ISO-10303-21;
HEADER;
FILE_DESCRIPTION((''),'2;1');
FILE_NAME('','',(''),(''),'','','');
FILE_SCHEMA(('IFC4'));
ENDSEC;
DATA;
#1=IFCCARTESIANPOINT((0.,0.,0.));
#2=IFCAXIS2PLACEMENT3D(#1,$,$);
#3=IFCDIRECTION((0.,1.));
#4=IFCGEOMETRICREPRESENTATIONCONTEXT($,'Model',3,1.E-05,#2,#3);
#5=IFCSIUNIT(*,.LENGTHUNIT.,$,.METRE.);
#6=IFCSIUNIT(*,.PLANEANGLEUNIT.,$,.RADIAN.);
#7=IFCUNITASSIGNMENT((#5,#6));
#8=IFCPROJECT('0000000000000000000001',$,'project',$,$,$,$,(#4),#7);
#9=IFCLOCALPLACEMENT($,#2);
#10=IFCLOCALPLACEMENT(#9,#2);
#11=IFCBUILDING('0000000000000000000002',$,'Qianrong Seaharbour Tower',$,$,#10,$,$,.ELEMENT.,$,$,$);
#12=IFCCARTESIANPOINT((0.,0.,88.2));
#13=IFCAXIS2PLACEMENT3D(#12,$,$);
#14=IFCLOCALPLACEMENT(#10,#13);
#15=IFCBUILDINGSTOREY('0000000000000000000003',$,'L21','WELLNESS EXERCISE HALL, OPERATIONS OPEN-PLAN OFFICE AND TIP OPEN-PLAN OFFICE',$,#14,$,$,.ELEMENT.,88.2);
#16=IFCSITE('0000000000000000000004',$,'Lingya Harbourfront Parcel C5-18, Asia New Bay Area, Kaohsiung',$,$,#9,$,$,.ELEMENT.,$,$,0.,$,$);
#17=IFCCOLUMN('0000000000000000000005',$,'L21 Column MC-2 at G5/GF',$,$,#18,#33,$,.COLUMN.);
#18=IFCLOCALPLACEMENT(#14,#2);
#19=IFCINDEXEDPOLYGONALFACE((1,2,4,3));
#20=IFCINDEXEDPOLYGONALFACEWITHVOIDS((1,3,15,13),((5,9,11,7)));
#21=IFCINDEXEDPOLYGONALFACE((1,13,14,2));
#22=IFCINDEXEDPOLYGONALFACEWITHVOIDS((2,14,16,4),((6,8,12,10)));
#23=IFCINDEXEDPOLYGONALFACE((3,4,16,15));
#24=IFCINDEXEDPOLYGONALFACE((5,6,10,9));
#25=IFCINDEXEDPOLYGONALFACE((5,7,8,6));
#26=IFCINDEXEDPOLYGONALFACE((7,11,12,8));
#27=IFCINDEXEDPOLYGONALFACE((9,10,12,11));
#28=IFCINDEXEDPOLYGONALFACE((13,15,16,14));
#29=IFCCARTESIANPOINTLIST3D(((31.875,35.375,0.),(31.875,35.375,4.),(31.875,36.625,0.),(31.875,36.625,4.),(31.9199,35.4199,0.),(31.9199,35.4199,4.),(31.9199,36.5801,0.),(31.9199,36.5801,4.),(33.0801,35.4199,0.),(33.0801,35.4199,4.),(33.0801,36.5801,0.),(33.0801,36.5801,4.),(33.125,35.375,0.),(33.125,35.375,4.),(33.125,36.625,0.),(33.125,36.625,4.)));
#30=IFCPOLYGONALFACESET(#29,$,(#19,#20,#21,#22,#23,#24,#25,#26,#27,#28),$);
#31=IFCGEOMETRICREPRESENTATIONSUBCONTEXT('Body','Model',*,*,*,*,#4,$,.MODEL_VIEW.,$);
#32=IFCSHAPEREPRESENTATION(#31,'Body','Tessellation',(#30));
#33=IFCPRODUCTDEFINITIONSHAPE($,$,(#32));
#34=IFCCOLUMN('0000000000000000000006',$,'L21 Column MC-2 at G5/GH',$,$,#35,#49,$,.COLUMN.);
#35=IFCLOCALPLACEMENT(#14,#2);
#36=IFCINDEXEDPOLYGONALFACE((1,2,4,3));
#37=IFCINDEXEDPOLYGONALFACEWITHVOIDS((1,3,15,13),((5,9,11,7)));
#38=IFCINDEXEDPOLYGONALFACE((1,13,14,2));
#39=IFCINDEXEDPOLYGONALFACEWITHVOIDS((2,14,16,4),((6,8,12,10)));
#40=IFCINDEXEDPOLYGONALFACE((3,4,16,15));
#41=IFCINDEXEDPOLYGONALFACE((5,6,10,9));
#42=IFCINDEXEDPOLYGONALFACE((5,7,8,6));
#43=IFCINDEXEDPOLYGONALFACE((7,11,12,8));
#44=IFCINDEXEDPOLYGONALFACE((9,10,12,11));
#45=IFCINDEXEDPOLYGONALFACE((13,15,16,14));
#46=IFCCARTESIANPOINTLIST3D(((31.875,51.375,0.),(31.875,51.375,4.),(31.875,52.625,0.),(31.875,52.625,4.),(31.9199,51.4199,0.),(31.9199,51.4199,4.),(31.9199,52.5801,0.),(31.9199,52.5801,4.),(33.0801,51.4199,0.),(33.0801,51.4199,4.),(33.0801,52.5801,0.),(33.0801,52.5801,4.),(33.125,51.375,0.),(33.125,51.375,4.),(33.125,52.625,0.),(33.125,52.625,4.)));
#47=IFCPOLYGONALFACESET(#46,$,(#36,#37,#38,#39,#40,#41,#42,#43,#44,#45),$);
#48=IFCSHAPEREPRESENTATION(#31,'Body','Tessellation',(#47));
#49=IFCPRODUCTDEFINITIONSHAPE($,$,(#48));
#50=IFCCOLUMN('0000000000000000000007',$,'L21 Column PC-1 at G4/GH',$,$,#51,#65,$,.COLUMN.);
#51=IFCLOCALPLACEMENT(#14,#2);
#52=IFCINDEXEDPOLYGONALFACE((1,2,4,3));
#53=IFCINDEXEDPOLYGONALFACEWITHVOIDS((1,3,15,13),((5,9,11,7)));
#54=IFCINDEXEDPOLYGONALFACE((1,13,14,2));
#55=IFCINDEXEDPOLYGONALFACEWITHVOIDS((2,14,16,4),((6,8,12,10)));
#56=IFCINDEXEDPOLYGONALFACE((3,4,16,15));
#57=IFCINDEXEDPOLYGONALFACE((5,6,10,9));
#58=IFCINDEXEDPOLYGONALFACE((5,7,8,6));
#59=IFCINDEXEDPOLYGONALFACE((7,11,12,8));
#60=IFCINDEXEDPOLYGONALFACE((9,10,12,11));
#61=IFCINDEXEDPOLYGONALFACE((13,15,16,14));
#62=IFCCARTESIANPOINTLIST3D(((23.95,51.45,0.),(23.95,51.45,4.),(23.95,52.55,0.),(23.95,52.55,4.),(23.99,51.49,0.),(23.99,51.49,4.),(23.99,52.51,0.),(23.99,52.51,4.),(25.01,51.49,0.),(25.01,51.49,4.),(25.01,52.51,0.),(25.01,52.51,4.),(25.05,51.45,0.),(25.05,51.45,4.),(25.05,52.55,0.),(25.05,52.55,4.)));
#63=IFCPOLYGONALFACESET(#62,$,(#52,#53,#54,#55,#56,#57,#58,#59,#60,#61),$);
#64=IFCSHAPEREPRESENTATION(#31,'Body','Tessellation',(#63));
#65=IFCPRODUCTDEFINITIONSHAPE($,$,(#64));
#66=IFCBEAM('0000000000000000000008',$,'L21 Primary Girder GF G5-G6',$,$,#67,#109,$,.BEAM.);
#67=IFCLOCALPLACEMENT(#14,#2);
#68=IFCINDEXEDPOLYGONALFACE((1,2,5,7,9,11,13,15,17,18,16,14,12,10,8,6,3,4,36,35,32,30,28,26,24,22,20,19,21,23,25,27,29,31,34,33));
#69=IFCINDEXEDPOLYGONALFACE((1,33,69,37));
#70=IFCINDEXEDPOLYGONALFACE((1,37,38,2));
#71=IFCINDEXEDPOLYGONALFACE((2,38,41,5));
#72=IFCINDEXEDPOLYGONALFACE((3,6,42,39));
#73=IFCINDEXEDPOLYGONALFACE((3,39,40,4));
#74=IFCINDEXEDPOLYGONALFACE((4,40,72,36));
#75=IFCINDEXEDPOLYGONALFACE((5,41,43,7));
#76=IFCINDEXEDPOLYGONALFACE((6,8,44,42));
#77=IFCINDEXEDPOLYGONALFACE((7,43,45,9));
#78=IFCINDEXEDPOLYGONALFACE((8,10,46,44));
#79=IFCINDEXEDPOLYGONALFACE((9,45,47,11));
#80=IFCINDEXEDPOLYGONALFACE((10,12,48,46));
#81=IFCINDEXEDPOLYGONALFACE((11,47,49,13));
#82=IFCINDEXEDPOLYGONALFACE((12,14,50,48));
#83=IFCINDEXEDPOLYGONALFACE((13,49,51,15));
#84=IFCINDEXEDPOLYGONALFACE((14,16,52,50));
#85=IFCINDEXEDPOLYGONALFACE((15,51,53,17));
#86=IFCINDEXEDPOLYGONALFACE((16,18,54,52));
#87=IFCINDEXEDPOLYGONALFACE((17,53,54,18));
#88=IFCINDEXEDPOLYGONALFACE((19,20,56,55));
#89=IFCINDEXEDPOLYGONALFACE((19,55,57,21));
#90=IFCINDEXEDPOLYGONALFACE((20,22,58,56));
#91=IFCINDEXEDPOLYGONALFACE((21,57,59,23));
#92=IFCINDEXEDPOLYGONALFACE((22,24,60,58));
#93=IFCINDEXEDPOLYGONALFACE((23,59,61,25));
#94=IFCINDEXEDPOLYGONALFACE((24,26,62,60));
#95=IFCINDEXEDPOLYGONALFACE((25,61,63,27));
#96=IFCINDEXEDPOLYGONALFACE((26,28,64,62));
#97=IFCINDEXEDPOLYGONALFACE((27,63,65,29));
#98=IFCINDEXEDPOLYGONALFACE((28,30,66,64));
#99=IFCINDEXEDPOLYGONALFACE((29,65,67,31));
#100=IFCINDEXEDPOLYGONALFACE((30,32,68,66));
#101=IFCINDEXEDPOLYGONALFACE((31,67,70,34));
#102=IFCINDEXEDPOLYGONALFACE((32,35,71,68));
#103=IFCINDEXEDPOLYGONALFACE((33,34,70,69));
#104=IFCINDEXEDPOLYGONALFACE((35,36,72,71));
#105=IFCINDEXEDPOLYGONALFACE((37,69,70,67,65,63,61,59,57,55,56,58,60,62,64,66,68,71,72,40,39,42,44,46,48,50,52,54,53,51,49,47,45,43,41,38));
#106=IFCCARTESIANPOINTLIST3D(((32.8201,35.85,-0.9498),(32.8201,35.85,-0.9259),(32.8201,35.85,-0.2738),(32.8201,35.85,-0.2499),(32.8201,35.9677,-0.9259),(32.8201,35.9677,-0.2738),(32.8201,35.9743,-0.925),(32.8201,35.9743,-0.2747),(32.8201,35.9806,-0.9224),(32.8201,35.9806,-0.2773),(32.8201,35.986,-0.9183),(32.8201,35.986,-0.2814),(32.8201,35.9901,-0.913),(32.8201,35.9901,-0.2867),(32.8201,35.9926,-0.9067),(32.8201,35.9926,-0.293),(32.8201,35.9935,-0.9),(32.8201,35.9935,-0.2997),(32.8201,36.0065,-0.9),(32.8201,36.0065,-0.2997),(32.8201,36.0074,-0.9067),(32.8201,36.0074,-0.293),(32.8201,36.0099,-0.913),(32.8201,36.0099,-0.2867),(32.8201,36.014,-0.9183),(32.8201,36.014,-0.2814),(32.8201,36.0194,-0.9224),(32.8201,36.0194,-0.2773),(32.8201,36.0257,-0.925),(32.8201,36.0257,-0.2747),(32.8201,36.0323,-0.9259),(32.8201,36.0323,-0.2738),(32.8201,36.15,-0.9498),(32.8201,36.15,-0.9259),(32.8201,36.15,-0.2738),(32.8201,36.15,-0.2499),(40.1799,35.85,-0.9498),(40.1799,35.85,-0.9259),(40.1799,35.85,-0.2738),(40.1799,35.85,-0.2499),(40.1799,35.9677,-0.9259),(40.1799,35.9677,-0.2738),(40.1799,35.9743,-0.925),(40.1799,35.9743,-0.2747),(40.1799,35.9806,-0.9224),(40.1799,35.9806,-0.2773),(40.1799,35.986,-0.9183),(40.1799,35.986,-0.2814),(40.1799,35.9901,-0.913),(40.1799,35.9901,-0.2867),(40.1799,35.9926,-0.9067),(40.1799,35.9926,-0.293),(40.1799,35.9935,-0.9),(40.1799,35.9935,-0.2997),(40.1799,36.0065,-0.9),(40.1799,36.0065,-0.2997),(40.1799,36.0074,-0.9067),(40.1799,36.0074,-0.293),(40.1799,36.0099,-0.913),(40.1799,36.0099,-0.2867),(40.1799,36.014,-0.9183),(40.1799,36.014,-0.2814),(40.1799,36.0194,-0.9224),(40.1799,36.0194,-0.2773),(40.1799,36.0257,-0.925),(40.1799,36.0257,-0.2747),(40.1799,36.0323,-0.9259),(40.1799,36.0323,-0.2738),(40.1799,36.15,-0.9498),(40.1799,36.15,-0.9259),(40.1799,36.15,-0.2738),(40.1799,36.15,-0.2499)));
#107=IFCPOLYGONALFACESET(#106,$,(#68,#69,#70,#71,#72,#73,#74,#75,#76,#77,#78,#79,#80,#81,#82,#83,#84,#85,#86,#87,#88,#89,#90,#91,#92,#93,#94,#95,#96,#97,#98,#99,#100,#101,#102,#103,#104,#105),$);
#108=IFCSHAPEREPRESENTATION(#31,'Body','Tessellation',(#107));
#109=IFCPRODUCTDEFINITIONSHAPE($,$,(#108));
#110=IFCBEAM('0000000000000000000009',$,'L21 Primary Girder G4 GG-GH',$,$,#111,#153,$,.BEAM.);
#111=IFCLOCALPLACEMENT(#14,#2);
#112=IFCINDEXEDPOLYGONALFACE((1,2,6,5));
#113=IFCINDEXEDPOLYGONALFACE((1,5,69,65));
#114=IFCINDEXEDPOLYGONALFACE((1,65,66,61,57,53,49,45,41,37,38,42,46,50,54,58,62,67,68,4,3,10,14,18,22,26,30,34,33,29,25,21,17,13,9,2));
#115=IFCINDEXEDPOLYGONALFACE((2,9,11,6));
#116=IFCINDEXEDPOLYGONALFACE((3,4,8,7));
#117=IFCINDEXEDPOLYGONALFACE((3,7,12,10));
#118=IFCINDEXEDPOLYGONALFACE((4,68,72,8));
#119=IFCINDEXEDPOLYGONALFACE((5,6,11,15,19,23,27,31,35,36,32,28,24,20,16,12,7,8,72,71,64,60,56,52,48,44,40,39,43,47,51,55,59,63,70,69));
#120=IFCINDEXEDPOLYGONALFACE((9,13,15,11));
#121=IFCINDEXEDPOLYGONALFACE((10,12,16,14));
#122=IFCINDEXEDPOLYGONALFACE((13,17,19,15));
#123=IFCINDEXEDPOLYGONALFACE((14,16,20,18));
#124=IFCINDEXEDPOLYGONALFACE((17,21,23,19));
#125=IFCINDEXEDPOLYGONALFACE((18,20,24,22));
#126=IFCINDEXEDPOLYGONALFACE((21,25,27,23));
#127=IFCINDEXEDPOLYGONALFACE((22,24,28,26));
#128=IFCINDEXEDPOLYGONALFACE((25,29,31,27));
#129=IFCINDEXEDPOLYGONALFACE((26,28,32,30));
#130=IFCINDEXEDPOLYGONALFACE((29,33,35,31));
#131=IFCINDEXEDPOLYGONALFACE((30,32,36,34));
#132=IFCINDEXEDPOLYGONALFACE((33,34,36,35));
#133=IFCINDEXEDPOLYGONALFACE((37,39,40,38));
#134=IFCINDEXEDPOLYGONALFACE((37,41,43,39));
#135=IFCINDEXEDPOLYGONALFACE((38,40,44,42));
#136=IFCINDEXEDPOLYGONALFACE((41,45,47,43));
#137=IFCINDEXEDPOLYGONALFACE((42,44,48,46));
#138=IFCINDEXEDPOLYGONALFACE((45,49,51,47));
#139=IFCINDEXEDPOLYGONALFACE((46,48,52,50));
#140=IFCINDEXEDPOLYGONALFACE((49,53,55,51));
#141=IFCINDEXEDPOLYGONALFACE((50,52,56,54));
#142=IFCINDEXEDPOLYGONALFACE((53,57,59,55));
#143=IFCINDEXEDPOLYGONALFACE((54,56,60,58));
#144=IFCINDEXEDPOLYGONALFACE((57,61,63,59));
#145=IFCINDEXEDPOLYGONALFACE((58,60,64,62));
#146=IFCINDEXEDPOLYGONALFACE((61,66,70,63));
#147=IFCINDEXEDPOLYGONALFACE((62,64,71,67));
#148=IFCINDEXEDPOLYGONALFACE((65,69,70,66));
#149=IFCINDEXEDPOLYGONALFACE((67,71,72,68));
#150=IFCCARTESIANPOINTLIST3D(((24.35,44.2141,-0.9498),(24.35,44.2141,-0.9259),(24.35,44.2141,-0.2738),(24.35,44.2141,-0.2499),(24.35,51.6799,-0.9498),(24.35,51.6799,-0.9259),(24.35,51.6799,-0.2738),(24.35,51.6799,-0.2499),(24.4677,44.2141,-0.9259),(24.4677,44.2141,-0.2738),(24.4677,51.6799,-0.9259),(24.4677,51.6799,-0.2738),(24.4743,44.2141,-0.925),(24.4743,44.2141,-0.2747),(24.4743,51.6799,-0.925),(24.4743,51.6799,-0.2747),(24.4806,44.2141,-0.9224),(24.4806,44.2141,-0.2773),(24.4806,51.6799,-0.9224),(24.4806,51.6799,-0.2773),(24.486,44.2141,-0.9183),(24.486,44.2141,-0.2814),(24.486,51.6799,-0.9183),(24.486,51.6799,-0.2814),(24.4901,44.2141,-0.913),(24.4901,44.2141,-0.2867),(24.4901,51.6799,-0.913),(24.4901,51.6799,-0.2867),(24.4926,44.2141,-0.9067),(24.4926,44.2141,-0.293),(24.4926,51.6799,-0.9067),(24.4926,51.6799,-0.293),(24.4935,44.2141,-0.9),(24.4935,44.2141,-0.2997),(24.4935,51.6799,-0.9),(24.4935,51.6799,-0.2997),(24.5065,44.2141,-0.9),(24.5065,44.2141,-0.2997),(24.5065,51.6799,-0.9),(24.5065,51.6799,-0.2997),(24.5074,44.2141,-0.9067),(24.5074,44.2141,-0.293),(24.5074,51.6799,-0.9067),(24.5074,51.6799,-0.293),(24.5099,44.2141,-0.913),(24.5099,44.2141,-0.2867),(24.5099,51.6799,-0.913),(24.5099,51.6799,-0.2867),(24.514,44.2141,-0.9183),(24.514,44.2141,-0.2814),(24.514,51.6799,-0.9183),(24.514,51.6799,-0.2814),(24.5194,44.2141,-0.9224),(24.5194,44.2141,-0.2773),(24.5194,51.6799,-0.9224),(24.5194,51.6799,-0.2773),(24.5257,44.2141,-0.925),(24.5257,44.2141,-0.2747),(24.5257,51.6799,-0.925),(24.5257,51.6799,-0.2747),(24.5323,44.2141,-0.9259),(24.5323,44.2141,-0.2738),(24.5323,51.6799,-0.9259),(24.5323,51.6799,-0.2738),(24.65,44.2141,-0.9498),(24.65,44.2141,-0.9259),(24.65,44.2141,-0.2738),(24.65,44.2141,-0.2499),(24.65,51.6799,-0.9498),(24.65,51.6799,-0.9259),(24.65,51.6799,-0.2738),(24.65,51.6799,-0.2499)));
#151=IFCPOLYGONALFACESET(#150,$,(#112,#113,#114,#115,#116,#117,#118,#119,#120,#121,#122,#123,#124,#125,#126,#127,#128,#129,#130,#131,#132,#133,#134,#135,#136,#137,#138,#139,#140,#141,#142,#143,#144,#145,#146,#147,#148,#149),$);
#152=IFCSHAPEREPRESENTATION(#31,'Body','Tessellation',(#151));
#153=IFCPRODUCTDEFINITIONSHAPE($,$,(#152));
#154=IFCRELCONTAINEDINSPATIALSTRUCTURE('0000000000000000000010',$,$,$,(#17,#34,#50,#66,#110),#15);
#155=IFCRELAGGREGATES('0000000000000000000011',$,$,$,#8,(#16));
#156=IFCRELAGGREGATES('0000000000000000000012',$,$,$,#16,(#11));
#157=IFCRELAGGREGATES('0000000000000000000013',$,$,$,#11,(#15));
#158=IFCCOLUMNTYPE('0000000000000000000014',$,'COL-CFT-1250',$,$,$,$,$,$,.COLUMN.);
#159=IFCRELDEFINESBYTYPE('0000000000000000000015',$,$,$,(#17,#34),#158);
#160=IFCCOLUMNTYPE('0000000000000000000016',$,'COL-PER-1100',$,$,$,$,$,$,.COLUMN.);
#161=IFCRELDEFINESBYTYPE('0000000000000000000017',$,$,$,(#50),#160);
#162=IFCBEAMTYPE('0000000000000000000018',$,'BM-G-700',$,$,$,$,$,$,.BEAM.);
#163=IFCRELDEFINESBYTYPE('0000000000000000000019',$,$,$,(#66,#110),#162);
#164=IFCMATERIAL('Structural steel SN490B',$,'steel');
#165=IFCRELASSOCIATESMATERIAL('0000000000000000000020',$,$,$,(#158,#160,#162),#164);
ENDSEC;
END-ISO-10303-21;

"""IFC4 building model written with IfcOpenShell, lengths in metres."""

from ifc_helpers import new_model, si_unit, direction, frame, origin, origin_2d, place, context, subcontext, project, spatial, hollow_rectangle, i_section, extrude, material, material_profile, profile_set, type_object, element, save


model = new_model("IFC4")

# Units and contexts
model_context = context("Model", 3, precision=1e-05, world=origin(), true_north=direction((0.0, 1.0)))
body_context = subcontext(model_context, "Body", "Model", "MODEL_VIEW")
ifc_project = project(units=[si_unit("LENGTHUNIT", "METRE"), si_unit("PLANEANGLEUNIT", "RADIAN")], contexts=[model_context])

# Site, building, storey
site_placement = place(None, origin())
site = spatial("IfcSite", under=ifc_project, at=site_placement, Name="Lingya Harbourfront Parcel C5-18, Asia New Bay Area, Kaohsiung", CompositionType="ELEMENT", RefElevation=0.0)
building_placement = place(site_placement, origin())
building = spatial("IfcBuilding", under=site, at=building_placement, Name="Qianrong Seaharbour Tower", CompositionType="ELEMENT")
storey_placement = place(building_placement, frame((0.0, 0.0, 88.2)))
storey = spatial("IfcBuildingStorey", under=building, at=storey_placement, Name="L21", Description="WELLNESS EXERCISE HALL, OPERATIONS OPEN-PLAN OFFICE AND TIP OPEN-PLAN OFFICE", CompositionType="ELEMENT", Elevation=88.2)

# Columns
ifc_material_1 = material(Name="Structural steel SN490B", Category="steel")
ifc_material_profile_1 = material_profile(ifc_material_1, hollow_rectangle(XDim=1.25, YDim=1.25, WallThickness=0.0449, at=origin_2d()), Name="BOX1250x1250x45")
ifc_profile_set_1 = profile_set([ifc_material_profile_1], Name="Structural steel SN490B")
column_type_1 = type_object("IfcColumnType", Name="COL-CFT-1250", PredefinedType="COLUMN", material=ifc_profile_set_1)
for number, where, z_axis, x_axis, name in (
    (1, (32.5, 36.0, 0.0), (0.0, 0.0, 1.0), (1.0, 0.0, 0.0), "L21 Column MC-2 at G5/GF"),
    (2, (32.5, 52.0, 0.0), (0.0, 0.0, 1.0), (1.0, 0.0, 0.0), "L21 Column MC-2 at G5/GH"),
):
    element("IfcColumn", number, at=place(storey_placement, frame(where, z_axis=z_axis, x_axis=x_axis)), inside=storey, type_object=column_type_1, Name=name, PredefinedType="COLUMN", context=body_context, shape_type="SweptSolid", body=[
        extrude(hollow_rectangle(XDim=1.25, YDim=1.25, WallThickness=0.0449, at=origin_2d()), origin(), (0.0, 0.0, 1.0), 4.0),
    ])
ifc_material_profile_2 = material_profile(ifc_material_1, hollow_rectangle(XDim=1.1001, YDim=1.1001, WallThickness=0.04, at=origin_2d()), Name="BOX1100x1100x40")
ifc_profile_set_2 = profile_set([ifc_material_profile_2], Name="Structural steel SN490B")
column_type_2 = type_object("IfcColumnType", Name="COL-PER-1100", PredefinedType="COLUMN", material=ifc_profile_set_2)
column_placement = place(storey_placement, frame((24.5, 52.0, 0.0), z_axis=(0.0, 0.0, 1.0), x_axis=(1.0, 0.0, 0.0)))
element("IfcColumn", 3, at=column_placement, inside=storey, type_object=column_type_2, Name="L21 Column PC-1 at G4/GH", PredefinedType="COLUMN", context=body_context, shape_type="SweptSolid", body=[
    extrude(hollow_rectangle(XDim=1.1001, YDim=1.1001, WallThickness=0.04, at=origin_2d()), origin(), (0.0, 0.0, 1.0), 4.0),
])

# Beams
ifc_material_profile_3 = material_profile(ifc_material_1, i_section(OverallWidth=0.3, OverallDepth=0.7, WebThickness=0.0129, FlangeThickness=0.0239, FilletRadius=0.0259, at=origin_2d()), Name="H700x300x13x24")
ifc_profile_set_3 = profile_set([ifc_material_profile_3], Name="Structural steel SN490B")
beam_type_1 = type_object("IfcBeamType", Name="BM-G-700", PredefinedType="BEAM", material=ifc_profile_set_3)
beam_1_placement = place(storey_placement, frame((32.8201, 36.0, -0.5999), z_axis=(1.0, 0.0, 0.0), x_axis=(0.0, 1.0, 0.0)))
element("IfcBeam", 4, at=beam_1_placement, inside=storey, type_object=beam_type_1, Name="L21 Primary Girder GF G5-G6", PredefinedType="BEAM", context=body_context, shape_type="SweptSolid", body=[
    extrude(i_section(OverallWidth=0.3, OverallDepth=0.7, WebThickness=0.0129, FlangeThickness=0.0239, FilletRadius=0.0259, at=origin_2d()), origin(), (0.0, 0.0, 1.0), 7.3599),
])
beam_2_placement = place(storey_placement, frame((24.5, 44.2141, -0.5999), z_axis=(0.0, 1.0, 0.0), x_axis=(-1.0, 0.0, 0.0)))
element("IfcBeam", 5, at=beam_2_placement, inside=storey, type_object=beam_type_1, Name="L21 Primary Girder G4 GG-GH", PredefinedType="BEAM", context=body_context, shape_type="SweptSolid", body=[
    extrude(i_section(OverallWidth=0.3, OverallDepth=0.7, WebThickness=0.0129, FlangeThickness=0.0239, FilletRadius=0.0259, at=origin_2d()), origin(), (0.0, 0.0, 1.0), 7.4658),
])

save(model, "model.ifc")
